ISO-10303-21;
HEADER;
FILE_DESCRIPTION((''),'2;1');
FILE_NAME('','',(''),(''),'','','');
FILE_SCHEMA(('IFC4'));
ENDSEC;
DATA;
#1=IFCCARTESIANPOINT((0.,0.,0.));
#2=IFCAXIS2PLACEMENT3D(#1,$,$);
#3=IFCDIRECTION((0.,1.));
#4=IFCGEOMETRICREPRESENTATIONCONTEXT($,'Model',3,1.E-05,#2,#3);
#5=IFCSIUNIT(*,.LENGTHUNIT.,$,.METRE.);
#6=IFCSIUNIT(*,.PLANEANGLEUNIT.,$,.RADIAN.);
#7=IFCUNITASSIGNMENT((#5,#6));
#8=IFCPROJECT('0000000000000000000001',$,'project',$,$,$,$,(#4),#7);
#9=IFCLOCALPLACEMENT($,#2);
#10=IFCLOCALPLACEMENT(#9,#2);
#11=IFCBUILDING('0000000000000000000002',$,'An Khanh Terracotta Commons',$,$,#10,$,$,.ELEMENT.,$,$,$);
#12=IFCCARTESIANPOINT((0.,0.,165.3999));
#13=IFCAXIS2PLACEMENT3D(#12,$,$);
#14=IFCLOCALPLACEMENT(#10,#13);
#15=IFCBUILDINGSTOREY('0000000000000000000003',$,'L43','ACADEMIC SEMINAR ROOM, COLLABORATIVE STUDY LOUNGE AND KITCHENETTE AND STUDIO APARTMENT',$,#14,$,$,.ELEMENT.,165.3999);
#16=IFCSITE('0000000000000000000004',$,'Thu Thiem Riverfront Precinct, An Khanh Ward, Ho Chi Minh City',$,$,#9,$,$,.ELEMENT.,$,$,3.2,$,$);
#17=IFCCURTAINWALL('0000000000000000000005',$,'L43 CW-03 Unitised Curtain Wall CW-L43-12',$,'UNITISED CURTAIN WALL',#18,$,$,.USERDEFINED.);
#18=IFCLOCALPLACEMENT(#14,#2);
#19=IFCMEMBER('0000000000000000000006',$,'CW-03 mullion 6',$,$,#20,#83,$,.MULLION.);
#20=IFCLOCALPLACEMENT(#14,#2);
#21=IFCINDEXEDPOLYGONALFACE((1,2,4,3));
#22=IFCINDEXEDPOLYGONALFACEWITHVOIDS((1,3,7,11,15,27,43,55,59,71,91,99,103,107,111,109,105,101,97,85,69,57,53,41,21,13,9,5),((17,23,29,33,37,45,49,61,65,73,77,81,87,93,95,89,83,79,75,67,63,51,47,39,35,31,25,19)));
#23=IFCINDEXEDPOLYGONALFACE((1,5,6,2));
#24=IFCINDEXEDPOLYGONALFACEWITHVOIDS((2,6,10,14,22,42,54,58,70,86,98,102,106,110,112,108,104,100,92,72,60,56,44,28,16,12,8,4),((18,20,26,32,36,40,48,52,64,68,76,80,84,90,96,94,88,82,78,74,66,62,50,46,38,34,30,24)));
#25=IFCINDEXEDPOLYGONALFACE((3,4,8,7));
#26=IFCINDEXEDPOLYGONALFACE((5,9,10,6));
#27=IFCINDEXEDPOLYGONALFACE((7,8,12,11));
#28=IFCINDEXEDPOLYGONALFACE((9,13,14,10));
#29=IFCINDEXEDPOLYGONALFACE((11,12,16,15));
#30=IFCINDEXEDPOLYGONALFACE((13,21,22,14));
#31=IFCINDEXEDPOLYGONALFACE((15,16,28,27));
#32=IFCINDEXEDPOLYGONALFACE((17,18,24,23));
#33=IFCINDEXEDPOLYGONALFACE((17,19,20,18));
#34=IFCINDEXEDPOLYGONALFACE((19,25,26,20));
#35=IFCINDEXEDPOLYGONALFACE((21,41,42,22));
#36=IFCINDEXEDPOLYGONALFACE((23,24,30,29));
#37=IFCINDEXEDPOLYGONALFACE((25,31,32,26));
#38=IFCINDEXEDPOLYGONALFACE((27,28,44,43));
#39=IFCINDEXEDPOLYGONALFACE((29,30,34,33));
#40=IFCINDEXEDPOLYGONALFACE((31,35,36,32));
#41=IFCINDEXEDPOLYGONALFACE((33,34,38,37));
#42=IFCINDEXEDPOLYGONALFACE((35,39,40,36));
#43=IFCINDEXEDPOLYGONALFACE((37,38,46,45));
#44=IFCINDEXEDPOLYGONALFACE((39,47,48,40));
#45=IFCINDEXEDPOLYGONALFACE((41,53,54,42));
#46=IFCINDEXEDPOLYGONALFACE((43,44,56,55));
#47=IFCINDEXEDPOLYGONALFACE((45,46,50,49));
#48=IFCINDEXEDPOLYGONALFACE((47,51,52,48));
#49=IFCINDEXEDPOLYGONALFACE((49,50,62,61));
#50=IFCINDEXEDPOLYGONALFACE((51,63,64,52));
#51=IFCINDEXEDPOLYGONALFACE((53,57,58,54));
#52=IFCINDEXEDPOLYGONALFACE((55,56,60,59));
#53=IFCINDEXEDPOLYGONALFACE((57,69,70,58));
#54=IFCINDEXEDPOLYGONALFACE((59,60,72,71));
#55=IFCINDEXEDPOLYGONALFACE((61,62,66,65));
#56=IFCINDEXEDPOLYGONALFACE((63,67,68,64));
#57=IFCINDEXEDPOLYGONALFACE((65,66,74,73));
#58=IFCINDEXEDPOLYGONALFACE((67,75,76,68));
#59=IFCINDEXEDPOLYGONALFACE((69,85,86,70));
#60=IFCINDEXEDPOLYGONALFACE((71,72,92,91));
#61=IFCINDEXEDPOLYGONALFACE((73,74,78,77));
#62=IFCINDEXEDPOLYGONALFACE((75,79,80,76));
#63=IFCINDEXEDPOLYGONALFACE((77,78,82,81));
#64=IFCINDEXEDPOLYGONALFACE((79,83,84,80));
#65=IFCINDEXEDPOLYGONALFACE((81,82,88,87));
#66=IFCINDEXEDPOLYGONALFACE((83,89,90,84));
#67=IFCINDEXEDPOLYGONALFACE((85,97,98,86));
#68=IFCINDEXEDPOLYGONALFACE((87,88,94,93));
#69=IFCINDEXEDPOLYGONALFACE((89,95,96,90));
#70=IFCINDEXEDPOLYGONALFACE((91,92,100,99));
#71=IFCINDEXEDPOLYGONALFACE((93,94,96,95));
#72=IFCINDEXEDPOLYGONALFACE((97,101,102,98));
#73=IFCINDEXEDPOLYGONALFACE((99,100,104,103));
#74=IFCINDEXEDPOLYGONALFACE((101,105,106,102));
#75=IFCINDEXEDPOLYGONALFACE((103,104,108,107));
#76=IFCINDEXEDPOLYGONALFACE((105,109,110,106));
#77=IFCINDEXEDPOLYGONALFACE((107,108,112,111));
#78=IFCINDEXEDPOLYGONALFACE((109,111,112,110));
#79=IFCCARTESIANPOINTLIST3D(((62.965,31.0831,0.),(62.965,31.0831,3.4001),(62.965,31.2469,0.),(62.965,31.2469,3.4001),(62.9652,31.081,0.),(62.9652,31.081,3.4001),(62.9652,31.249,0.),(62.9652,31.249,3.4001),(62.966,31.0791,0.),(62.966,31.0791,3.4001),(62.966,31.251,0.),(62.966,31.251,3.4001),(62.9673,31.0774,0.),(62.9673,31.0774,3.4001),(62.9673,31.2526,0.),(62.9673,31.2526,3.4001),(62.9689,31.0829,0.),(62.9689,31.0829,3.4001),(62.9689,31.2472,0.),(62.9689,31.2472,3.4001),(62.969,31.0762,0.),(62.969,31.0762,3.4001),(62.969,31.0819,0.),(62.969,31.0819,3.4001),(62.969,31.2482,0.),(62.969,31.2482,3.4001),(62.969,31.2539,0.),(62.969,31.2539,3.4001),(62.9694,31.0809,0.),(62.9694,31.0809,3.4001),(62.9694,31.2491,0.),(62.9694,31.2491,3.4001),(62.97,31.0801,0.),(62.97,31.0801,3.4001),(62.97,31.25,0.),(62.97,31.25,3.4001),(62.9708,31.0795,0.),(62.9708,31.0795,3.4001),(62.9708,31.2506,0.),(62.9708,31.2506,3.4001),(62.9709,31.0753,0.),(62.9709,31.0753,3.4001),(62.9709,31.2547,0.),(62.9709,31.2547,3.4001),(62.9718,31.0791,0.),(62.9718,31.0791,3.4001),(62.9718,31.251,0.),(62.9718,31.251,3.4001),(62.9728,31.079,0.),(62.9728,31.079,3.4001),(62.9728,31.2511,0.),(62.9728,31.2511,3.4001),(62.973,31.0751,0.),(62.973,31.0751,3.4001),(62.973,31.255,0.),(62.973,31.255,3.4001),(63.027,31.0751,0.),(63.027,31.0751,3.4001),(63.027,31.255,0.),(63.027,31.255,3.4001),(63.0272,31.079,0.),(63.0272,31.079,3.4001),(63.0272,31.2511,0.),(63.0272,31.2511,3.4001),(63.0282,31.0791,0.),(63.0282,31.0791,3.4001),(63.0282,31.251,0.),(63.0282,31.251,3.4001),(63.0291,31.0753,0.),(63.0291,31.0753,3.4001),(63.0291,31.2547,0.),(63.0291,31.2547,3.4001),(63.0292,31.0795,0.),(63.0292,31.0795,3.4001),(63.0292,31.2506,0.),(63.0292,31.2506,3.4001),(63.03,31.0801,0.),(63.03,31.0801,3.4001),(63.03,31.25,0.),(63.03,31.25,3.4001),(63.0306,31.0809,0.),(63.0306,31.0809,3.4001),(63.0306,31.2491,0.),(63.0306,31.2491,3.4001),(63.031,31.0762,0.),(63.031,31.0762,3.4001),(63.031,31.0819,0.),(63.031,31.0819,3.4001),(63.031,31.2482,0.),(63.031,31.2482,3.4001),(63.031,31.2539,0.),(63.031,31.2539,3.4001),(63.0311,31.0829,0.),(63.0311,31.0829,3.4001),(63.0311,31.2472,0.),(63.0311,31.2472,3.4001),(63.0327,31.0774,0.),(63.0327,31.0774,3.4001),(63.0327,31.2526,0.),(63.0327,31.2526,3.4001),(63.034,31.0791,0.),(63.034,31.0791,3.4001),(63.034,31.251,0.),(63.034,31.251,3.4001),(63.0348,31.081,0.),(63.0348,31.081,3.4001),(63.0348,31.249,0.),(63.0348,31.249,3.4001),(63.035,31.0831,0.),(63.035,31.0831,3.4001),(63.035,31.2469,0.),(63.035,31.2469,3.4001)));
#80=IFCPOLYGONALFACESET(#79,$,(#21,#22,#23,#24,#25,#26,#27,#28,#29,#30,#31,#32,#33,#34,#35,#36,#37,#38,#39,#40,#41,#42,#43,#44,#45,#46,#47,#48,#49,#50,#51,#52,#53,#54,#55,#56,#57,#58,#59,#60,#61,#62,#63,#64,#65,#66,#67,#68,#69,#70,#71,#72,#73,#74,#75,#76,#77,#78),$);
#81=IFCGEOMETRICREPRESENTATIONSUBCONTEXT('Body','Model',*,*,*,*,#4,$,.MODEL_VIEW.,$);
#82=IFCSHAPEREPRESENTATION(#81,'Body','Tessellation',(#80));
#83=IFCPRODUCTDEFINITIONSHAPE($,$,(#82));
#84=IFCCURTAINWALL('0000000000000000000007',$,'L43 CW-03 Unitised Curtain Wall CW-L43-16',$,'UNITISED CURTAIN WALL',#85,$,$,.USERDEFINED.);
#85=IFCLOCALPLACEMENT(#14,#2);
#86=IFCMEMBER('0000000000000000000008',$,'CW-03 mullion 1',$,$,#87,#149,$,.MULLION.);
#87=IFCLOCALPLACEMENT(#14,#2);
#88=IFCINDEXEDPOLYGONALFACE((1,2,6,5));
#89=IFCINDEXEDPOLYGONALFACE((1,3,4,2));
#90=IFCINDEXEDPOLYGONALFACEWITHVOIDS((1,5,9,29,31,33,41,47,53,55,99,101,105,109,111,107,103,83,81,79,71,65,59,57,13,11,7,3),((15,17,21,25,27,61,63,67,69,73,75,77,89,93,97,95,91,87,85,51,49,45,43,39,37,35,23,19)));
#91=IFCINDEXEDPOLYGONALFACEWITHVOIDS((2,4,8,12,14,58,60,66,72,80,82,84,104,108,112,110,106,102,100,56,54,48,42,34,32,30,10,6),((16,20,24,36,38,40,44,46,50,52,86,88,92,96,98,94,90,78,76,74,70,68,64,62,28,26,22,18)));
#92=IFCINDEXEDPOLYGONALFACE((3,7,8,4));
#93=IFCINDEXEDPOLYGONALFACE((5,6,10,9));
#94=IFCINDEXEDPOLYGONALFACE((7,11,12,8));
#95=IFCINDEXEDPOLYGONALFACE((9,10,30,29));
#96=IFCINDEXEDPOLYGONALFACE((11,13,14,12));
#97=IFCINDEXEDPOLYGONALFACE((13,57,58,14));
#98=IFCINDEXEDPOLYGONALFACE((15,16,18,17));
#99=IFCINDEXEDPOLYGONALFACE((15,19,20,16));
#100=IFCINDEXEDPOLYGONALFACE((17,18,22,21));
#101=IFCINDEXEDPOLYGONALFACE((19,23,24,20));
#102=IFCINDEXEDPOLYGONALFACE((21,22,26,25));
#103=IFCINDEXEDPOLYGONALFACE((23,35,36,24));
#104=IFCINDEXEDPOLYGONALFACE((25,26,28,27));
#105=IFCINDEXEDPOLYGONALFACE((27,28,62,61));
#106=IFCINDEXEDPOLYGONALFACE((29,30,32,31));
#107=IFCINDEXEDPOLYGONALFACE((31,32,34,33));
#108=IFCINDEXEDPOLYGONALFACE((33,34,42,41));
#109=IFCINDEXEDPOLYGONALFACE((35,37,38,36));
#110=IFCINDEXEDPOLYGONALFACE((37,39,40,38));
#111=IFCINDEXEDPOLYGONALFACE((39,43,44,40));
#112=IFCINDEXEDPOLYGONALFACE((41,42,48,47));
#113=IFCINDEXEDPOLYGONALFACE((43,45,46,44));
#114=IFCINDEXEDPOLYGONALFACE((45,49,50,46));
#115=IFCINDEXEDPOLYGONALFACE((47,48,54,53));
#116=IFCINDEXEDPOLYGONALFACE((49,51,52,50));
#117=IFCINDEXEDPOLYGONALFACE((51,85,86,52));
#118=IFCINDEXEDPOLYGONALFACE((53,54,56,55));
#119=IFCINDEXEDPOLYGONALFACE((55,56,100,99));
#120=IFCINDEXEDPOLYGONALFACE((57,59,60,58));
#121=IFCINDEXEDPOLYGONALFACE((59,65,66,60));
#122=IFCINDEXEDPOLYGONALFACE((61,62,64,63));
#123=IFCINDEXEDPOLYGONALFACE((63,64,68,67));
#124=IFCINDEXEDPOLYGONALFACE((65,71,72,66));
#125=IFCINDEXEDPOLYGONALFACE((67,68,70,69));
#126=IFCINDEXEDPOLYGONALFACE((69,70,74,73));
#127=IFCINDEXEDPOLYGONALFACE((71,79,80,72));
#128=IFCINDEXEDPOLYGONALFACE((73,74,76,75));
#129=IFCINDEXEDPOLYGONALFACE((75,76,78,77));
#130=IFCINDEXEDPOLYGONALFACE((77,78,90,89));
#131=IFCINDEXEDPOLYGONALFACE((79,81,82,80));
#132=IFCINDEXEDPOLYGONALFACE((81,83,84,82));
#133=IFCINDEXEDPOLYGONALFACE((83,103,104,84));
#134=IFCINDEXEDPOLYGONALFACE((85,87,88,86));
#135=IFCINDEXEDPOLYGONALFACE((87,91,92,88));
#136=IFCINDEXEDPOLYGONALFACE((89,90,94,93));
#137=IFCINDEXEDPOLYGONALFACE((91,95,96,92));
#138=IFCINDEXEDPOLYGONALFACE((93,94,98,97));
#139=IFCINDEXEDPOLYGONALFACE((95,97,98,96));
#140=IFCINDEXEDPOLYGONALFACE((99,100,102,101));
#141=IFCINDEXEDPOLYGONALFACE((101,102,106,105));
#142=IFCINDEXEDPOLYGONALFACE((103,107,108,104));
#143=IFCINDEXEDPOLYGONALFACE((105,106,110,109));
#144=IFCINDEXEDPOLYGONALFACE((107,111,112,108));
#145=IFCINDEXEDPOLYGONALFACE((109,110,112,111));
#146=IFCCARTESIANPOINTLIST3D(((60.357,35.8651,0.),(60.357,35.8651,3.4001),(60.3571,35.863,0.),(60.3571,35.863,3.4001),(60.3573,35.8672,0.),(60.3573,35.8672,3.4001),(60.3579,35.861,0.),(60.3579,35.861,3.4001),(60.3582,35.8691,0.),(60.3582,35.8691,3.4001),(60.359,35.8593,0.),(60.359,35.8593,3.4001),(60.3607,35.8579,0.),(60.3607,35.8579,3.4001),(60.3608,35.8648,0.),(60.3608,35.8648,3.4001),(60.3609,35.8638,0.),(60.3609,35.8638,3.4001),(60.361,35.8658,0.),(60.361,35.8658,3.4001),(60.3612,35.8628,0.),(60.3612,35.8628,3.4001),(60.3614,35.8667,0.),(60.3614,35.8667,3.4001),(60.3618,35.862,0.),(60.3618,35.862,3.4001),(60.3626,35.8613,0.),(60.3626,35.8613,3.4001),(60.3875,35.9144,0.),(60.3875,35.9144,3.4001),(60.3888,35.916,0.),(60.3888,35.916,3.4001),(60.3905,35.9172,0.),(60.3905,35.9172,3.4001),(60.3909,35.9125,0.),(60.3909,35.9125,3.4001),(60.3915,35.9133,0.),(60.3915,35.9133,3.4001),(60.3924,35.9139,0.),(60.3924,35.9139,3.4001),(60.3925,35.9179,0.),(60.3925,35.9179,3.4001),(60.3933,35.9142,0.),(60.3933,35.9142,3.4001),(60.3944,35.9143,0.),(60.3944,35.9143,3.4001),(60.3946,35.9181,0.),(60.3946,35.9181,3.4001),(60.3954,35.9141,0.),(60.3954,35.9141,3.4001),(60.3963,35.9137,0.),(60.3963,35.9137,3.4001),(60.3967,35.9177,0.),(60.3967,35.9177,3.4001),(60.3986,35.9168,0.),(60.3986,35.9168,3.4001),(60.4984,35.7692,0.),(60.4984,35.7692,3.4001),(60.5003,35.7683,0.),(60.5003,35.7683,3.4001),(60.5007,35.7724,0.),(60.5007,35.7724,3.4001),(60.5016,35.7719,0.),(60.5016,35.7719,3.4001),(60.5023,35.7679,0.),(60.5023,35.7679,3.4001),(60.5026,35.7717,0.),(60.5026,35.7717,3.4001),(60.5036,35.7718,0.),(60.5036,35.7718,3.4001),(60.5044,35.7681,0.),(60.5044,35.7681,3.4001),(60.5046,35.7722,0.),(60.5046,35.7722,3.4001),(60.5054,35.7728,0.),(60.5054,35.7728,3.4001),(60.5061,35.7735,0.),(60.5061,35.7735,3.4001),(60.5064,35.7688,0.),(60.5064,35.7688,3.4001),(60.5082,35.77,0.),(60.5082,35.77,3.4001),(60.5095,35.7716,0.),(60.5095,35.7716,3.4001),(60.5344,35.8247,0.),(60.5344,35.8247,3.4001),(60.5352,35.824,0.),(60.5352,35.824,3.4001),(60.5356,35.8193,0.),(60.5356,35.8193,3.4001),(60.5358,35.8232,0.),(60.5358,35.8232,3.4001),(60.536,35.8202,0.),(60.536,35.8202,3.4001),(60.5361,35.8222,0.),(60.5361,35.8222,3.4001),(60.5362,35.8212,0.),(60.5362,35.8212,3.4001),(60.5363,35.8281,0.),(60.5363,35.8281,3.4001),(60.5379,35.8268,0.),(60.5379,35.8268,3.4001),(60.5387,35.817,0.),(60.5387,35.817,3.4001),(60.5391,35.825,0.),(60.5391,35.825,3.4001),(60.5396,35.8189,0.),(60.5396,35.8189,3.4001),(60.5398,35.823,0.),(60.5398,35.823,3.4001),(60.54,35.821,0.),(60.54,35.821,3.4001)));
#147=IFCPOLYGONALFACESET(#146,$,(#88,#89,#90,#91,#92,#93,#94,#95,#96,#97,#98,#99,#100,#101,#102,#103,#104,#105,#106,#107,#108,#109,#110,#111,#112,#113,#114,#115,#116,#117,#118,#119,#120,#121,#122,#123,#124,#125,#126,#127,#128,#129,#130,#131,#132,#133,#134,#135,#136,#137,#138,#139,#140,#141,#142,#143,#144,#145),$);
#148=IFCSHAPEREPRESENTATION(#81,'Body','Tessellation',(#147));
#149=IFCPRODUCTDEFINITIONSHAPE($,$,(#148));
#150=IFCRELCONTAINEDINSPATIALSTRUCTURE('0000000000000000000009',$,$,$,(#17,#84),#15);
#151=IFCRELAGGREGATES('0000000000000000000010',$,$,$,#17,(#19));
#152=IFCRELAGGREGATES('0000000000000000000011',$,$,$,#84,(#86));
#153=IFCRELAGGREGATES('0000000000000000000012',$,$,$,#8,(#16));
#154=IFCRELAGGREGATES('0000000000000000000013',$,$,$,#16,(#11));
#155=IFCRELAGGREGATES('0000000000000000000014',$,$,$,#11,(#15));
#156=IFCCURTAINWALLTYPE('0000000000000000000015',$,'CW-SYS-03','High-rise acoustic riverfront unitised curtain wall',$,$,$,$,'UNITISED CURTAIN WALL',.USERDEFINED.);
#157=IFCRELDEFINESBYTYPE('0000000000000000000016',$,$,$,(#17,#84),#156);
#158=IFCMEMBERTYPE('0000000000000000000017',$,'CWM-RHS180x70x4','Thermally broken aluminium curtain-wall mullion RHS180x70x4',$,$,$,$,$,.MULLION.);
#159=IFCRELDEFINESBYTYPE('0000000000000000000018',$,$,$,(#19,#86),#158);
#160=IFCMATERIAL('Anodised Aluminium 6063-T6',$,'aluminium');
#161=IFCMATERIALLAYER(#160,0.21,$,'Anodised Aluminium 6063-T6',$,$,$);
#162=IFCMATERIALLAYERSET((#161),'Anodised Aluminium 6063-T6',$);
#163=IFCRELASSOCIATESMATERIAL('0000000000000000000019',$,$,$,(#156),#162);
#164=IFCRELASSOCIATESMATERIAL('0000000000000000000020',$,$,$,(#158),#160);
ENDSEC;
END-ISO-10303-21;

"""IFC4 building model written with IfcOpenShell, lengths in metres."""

from ifc_helpers import new_model, si_unit, direction, frame, origin, origin_2d, place, context, subcontext, project, spatial, hollow_rectangle, extrude, material, layer, layer_set, material_profile, profile_set, type_object, element, aggregate, save


model = new_model("IFC4")

# Units and contexts
model_context = context("Model", 3, precision=1e-05, world=origin(), true_north=direction((0.0, 1.0)))
body_context = subcontext(model_context, "Body", "Model", "MODEL_VIEW")
ifc_project = project(units=[si_unit("LENGTHUNIT", "METRE"), si_unit("PLANEANGLEUNIT", "RADIAN")], contexts=[model_context])

# Site, building, storey
site_placement = place(None, origin())
site = spatial("IfcSite", under=ifc_project, at=site_placement, Name="Thu Thiem Riverfront Precinct, An Khanh Ward, Ho Chi Minh City", CompositionType="ELEMENT", RefElevation=3.2)
building_placement = place(site_placement, origin())
building = spatial("IfcBuilding", under=site, at=building_placement, Name="An Khanh Terracotta Commons", CompositionType="ELEMENT")
storey_placement = place(building_placement, frame((0.0, 0.0, 165.3999)))
storey = spatial("IfcBuildingStorey", under=building, at=storey_placement, Name="L43", Description="ACADEMIC SEMINAR ROOM, COLLABORATIVE STUDY LOUNGE AND KITCHENETTE AND STUDIO APARTMENT", CompositionType="ELEMENT", Elevation=165.3999)

# Curtain walls, members
ifc_material_1 = material(Name="Anodised Aluminium 6063-T6", Category="aluminium")
ifc_layer_1 = layer(ifc_material_1, 0.21, Name="Anodised Aluminium 6063-T6")
ifc_layer_set_1 = layer_set([ifc_layer_1], Name="Anodised Aluminium 6063-T6")
curtain_wall_type = type_object("IfcCurtainWallType", Name="CW-SYS-03", Description="High-rise acoustic riverfront unitised curtain wall", ElementType="UNITISED CURTAIN WALL", PredefinedType="USERDEFINED", material=ifc_layer_set_1)
curtain_wall_1_placement = place(storey_placement, origin())
curtain_wall_1 = element("IfcCurtainWall", 1, at=curtain_wall_1_placement, inside=storey, type_object=curtain_wall_type, Name="L43 CW-03 Unitised Curtain Wall CW-L43-12", ObjectType="UNITISED CURTAIN WALL", PredefinedType="USERDEFINED")
ifc_material_profile_1 = material_profile(ifc_material_1, hollow_rectangle(XDim=0.0701, YDim=0.1799, WallThickness=0.0039, InnerFilletRadius=0.0039, OuterFilletRadius=0.0081, at=origin_2d()), Name="RHS180x70x4")
ifc_profile_set_1 = profile_set([ifc_material_profile_1], Name="Anodised Aluminium 6063-T6")
member_type_1 = type_object("IfcMemberType", Name="CWM-RHS180x70x4", Description="Thermally broken aluminium curtain-wall mullion RHS180x70x4", PredefinedType="MULLION", material=ifc_profile_set_1)
member_1_placement = place(storey_placement, frame((63.0, 31.165, 0.0), z_axis=(0.0, 0.0, 1.0), x_axis=(-1.0, 0.0, 0.0)))
member_1 = element("IfcMember", 2, at=member_1_placement, type_object=member_type_1, Name="CW-03 mullion 6", PredefinedType="MULLION", context=body_context, shape_type="SweptSolid", body=[
    extrude(hollow_rectangle(XDim=0.0701, YDim=0.1799, WallThickness=0.0039, InnerFilletRadius=0.0039, OuterFilletRadius=0.0081, at=origin_2d()), origin(), (0.0, 0.0, 1.0), 3.4001),
])
curtain_wall_2_placement = place(storey_placement, origin())
curtain_wall_2 = element("IfcCurtainWall", 3, at=curtain_wall_2_placement, inside=storey, type_object=curtain_wall_type, Name="L43 CW-03 Unitised Curtain Wall CW-L43-16", ObjectType="UNITISED CURTAIN WALL", PredefinedType="USERDEFINED")
member_2_placement = place(storey_placement, frame((60.4485, 35.843, 0.0), z_axis=(0.0, 0.0, 1.0), x_axis=(-0.541498, -0.840702, 0.0)))
member_2 = element("IfcMember", 4, at=member_2_placement, type_object=member_type_1, Name="CW-03 mullion 1", PredefinedType="MULLION", context=body_context, shape_type="SweptSolid", body=[
    extrude(hollow_rectangle(XDim=0.0701, YDim=0.1799, WallThickness=0.0039, InnerFilletRadius=0.0039, OuterFilletRadius=0.0081, at=origin_2d()), origin(), (0.0, 0.0, 1.0), 3.4001),
])

aggregate(curtain_wall_1, [member_1])
aggregate(curtain_wall_2, [member_2])

save(model, "model.ifc")
